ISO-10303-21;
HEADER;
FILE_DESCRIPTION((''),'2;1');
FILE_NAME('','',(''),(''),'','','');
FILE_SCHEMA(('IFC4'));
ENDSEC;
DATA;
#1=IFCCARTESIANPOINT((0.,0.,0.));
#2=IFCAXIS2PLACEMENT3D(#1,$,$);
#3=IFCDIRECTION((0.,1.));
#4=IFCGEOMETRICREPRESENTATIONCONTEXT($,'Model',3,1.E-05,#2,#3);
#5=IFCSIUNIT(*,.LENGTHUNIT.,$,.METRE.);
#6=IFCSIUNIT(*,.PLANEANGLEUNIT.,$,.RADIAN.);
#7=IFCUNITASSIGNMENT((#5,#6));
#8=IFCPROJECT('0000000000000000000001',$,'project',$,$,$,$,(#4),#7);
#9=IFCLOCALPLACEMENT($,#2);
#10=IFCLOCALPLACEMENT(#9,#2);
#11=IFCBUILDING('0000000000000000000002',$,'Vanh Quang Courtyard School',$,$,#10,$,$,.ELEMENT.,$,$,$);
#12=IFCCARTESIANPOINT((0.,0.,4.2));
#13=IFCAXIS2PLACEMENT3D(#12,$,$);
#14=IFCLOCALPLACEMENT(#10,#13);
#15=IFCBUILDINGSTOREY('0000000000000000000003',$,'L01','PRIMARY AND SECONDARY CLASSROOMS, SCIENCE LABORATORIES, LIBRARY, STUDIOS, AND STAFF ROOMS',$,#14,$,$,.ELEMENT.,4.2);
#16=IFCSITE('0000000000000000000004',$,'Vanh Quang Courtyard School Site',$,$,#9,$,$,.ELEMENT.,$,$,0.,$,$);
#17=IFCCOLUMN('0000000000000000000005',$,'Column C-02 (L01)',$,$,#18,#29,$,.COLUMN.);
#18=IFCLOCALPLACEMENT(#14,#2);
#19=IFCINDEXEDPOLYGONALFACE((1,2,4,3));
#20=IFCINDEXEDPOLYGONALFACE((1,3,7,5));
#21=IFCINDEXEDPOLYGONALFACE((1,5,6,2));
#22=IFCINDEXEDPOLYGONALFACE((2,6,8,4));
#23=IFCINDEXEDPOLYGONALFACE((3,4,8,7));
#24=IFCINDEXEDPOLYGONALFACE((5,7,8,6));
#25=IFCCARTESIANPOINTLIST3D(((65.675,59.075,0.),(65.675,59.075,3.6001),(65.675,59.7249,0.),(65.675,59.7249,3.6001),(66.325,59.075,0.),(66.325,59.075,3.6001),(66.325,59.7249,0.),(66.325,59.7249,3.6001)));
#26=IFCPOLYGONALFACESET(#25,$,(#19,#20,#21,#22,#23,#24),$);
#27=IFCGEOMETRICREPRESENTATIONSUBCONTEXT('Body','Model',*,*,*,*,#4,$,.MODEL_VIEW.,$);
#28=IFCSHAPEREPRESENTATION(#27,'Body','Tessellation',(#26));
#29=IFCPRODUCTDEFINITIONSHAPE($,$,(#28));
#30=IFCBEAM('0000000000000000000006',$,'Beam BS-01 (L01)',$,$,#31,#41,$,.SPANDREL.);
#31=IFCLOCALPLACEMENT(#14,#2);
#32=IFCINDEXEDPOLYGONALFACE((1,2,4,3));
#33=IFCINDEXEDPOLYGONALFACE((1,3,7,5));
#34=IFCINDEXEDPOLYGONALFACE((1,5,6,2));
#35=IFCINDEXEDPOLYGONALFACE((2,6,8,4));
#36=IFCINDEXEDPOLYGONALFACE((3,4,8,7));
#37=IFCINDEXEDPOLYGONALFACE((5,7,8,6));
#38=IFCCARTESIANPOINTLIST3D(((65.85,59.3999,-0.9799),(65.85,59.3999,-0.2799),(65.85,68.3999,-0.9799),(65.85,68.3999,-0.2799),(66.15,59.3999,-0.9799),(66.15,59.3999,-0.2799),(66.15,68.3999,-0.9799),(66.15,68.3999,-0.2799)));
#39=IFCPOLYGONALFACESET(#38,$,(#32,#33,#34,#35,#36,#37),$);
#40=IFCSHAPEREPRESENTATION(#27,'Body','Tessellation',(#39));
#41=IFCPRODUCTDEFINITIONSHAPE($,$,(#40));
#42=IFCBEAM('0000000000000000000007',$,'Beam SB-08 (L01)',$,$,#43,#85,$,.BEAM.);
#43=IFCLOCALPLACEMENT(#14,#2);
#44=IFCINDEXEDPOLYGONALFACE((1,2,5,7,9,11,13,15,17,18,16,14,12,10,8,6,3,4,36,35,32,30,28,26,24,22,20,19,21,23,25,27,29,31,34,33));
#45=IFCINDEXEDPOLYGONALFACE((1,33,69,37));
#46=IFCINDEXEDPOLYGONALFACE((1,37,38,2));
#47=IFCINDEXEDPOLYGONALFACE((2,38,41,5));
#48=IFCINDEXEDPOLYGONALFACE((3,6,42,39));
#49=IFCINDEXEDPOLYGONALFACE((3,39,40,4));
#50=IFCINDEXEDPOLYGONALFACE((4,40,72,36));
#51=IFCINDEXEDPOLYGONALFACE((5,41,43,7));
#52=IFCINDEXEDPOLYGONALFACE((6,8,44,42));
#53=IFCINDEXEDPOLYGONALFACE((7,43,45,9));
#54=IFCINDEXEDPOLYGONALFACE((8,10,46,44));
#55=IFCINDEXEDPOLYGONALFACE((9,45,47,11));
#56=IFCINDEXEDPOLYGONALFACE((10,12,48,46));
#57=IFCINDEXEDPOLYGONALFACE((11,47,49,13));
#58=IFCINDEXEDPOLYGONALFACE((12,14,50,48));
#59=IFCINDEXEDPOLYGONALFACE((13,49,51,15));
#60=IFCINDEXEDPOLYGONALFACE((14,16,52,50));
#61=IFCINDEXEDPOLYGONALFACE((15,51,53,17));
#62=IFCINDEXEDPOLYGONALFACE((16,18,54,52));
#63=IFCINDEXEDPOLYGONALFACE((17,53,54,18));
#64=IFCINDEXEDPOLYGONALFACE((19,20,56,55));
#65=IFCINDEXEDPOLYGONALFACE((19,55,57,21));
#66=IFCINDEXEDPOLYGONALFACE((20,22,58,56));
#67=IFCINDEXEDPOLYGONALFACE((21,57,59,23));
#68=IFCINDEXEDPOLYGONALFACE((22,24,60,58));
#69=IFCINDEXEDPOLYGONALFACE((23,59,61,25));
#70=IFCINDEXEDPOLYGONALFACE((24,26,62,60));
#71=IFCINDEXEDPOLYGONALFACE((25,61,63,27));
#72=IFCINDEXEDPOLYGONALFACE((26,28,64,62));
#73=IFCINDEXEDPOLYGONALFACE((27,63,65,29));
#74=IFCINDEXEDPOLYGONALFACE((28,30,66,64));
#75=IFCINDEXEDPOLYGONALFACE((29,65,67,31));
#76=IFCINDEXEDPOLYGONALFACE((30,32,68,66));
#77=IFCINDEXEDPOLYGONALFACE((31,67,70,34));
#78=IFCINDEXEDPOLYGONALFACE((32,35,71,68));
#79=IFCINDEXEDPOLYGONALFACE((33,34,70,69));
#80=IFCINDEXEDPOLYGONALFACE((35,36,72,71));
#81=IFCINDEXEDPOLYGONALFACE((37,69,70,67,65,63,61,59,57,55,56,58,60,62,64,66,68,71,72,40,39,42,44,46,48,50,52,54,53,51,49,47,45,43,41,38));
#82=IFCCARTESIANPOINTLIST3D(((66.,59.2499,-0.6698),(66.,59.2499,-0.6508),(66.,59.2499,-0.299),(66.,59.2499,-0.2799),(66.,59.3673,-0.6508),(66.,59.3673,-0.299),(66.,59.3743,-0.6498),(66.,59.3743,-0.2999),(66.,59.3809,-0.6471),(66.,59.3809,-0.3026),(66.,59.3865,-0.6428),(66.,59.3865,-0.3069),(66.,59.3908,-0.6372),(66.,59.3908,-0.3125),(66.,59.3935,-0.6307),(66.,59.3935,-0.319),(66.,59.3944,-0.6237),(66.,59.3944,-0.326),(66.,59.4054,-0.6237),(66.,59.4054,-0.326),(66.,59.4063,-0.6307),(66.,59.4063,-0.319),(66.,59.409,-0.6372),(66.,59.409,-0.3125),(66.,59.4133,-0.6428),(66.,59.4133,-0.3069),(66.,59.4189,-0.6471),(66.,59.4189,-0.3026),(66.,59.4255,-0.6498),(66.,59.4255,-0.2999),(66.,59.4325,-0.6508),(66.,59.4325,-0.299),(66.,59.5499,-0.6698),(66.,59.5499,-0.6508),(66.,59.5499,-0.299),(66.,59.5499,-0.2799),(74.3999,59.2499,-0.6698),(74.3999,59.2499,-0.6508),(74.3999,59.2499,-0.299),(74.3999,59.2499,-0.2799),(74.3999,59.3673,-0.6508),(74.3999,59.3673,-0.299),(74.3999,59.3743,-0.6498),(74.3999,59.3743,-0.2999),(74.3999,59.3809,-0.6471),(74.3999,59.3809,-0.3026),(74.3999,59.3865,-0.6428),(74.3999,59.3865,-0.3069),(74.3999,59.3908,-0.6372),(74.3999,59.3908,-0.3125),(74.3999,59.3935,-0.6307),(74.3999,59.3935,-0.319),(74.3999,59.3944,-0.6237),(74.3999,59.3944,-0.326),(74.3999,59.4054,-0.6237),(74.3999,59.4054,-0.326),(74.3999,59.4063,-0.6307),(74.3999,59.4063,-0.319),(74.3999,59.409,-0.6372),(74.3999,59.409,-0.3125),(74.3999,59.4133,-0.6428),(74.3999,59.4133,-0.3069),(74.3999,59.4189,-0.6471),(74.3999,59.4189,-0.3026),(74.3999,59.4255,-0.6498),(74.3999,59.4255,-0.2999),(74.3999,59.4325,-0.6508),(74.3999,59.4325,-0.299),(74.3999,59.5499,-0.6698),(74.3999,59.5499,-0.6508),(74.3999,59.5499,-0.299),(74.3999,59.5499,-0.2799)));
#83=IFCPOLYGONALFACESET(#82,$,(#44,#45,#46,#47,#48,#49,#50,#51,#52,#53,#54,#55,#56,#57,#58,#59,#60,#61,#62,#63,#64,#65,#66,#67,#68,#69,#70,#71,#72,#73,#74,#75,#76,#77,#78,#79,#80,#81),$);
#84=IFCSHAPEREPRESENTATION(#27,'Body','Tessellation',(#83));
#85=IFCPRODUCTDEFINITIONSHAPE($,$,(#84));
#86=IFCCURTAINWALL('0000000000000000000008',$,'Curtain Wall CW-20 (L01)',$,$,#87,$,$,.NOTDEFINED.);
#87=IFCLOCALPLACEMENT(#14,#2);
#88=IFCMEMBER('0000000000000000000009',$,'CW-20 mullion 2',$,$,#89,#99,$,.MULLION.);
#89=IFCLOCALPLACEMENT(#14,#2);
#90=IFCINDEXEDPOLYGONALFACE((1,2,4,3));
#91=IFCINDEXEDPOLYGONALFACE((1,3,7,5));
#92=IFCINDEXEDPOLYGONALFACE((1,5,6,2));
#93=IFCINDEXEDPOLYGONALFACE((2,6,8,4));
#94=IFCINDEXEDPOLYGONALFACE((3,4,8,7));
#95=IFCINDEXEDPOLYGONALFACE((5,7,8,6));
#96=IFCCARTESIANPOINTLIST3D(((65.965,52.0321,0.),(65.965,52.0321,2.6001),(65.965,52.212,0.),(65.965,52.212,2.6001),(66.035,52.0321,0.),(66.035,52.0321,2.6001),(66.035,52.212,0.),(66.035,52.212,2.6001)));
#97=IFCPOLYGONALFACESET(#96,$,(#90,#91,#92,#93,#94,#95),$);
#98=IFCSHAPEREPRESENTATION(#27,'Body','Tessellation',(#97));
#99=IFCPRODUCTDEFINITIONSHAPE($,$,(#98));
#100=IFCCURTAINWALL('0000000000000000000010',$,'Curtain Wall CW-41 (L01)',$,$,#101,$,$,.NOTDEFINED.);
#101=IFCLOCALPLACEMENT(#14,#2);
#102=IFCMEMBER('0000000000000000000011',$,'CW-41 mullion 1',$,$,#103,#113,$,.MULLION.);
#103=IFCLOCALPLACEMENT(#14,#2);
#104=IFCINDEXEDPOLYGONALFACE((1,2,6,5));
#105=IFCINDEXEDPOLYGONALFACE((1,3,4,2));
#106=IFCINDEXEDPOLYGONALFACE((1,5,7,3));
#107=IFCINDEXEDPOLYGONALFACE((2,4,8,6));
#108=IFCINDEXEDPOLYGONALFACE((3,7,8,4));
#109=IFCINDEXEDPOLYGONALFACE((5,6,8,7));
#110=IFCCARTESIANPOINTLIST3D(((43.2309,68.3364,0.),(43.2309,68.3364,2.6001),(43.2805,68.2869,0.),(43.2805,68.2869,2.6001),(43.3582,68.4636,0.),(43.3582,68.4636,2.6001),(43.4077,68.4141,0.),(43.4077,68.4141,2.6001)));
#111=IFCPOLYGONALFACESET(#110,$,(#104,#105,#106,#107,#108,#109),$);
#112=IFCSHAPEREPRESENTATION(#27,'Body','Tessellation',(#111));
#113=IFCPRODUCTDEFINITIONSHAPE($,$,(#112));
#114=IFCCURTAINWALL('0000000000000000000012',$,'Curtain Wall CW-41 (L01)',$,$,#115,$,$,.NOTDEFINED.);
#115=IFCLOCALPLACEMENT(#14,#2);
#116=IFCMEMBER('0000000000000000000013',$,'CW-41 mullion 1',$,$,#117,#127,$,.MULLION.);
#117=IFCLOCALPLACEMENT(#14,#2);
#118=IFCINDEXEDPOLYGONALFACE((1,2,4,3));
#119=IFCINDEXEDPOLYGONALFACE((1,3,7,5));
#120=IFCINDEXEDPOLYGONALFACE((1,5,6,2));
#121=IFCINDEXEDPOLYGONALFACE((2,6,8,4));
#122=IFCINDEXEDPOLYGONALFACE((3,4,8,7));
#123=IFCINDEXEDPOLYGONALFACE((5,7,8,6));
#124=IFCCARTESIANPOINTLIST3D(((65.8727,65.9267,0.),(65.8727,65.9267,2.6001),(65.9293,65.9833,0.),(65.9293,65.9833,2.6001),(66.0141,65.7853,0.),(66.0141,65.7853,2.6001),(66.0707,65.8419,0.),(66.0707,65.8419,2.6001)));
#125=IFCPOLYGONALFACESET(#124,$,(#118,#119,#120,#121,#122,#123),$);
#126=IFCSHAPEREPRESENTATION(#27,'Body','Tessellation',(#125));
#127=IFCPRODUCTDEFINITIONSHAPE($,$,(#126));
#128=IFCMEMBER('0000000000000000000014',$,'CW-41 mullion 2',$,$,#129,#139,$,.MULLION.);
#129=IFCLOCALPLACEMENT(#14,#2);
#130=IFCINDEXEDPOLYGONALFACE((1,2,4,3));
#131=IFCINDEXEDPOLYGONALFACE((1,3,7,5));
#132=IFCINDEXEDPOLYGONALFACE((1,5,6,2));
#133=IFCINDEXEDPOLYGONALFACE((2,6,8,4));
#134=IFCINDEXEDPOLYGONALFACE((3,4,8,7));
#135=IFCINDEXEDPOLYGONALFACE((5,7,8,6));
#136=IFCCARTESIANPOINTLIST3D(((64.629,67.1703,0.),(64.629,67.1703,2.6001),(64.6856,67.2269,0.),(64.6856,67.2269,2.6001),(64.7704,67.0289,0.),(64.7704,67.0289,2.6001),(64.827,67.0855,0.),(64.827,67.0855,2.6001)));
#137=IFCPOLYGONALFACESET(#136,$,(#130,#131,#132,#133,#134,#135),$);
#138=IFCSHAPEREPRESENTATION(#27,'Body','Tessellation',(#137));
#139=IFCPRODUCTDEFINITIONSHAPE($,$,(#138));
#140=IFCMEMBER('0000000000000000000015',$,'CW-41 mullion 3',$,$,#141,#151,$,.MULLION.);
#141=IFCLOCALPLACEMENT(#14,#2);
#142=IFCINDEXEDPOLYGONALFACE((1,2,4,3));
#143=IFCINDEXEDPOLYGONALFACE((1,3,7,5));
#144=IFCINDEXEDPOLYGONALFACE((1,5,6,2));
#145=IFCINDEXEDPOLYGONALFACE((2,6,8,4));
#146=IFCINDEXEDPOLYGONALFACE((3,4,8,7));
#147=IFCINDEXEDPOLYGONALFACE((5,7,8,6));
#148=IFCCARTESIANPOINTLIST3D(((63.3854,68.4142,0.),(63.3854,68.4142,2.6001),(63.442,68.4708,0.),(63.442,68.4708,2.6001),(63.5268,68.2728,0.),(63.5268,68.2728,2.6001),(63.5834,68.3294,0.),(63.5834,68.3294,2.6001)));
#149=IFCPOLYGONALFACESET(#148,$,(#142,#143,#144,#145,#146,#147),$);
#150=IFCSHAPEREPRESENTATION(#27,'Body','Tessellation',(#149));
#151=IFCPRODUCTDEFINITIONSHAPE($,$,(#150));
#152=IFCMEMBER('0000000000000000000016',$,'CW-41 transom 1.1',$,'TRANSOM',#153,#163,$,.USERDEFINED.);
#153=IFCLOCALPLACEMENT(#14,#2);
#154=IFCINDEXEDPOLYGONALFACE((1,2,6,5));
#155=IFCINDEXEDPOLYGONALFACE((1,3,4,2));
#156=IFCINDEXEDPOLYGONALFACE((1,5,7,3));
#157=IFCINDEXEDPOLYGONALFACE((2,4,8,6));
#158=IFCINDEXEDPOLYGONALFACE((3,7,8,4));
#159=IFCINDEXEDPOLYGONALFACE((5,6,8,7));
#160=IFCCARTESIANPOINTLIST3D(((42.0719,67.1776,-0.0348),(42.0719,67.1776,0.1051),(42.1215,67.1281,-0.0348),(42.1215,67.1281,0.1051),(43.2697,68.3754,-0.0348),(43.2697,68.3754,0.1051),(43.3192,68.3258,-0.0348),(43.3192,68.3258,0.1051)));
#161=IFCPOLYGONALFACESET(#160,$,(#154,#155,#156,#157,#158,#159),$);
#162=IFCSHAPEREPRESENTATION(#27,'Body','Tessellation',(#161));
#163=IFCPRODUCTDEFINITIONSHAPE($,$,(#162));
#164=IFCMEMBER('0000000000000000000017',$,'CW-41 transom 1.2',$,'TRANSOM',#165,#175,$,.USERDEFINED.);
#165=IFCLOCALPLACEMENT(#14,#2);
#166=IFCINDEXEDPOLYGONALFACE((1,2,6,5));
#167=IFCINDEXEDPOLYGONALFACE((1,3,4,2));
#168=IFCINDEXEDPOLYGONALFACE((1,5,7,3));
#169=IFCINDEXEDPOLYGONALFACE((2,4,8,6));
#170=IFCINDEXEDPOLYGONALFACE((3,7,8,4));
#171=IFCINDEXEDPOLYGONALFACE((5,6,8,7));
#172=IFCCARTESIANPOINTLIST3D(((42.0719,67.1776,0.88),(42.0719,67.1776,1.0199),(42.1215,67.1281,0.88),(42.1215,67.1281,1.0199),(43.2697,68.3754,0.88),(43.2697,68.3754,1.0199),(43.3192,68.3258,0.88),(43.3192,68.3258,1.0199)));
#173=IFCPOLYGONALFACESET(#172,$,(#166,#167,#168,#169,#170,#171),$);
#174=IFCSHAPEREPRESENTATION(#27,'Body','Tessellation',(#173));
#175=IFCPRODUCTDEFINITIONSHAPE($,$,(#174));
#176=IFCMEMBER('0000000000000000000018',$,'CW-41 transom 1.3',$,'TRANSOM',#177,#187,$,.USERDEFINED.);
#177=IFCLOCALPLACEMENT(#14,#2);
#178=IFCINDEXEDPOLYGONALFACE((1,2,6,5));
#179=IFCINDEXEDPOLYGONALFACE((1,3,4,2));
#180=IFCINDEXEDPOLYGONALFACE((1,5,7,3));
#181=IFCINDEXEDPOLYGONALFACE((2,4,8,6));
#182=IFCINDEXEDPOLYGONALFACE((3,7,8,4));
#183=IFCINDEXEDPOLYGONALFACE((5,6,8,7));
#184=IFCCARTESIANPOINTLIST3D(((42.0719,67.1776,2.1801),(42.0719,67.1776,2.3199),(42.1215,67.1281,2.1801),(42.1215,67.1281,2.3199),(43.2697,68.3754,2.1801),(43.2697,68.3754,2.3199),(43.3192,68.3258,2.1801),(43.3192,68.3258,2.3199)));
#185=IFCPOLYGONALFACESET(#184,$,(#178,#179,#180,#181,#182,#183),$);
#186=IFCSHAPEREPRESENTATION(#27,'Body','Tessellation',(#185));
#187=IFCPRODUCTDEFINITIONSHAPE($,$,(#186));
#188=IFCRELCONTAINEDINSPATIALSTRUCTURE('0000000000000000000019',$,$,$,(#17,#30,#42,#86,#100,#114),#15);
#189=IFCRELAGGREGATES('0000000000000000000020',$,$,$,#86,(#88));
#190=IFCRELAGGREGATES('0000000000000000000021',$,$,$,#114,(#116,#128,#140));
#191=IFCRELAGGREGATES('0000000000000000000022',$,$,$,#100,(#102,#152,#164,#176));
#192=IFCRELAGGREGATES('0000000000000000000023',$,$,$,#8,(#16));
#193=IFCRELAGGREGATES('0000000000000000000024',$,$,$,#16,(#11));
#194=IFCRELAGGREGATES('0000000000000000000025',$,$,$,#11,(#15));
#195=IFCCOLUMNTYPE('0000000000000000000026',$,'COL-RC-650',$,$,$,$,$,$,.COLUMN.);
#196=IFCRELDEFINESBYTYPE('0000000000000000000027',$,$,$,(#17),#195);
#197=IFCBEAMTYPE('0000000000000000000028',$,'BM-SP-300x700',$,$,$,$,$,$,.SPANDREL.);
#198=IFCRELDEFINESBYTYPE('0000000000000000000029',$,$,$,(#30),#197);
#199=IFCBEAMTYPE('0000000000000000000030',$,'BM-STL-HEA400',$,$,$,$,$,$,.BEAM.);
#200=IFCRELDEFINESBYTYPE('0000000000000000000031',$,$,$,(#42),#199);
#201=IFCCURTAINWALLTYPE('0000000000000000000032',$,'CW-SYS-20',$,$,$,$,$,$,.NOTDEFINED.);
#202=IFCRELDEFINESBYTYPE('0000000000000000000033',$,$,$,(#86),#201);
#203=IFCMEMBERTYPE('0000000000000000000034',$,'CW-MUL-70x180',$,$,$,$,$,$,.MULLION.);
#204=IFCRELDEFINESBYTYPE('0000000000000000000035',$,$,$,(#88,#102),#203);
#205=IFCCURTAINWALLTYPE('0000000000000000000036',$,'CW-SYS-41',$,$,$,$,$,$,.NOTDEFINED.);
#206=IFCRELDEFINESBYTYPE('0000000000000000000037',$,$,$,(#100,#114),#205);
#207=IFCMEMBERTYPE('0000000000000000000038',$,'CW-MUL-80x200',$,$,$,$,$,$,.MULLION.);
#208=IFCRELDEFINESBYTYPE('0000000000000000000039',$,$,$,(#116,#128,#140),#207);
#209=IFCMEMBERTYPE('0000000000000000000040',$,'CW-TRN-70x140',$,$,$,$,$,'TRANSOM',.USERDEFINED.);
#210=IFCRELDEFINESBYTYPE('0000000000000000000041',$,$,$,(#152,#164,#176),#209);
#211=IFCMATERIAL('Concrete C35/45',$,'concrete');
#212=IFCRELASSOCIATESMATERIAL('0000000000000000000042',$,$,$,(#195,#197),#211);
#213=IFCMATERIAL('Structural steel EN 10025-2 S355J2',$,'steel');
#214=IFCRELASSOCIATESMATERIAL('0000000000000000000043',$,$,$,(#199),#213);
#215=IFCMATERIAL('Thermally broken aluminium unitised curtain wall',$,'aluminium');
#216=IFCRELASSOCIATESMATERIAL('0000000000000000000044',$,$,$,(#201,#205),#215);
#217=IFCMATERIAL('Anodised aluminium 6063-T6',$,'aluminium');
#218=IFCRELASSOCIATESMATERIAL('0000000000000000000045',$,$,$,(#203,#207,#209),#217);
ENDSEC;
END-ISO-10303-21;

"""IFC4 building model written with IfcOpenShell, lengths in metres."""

from ifc_helpers import new_model, si_unit, direction, frame, origin, origin_2d, place, context, subcontext, project, spatial, rectangle, i_section, extrude, material, material_profile, profile_set, type_object, element, aggregate, save


model = new_model("IFC4")

# Units and contexts
model_context = context("Model", 3, precision=1e-05, world=origin(), true_north=direction((0.0, 1.0)))
body_context = subcontext(model_context, "Body", "Model", "MODEL_VIEW")
ifc_project = project(units=[si_unit("LENGTHUNIT", "METRE"), si_unit("PLANEANGLEUNIT", "RADIAN")], contexts=[model_context])

# Site, building, storey
site_placement = place(None, origin())
site = spatial("IfcSite", under=ifc_project, at=site_placement, Name="Vanh Quang Courtyard School Site", CompositionType="ELEMENT", RefElevation=0.0)
building_placement = place(site_placement, origin())
building = spatial("IfcBuilding", under=site, at=building_placement, Name="Vanh Quang Courtyard School", CompositionType="ELEMENT")
storey_placement = place(building_placement, frame((0.0, 0.0, 4.2)))
storey = spatial("IfcBuildingStorey", under=building, at=storey_placement, Name="L01", Description="PRIMARY AND SECONDARY CLASSROOMS, SCIENCE LABORATORIES, LIBRARY, STUDIOS, AND STAFF ROOMS", CompositionType="ELEMENT", Elevation=4.2)

# Column
ifc_material_1 = material(Name="Concrete C35/45", Category="concrete")
ifc_material_profile_1 = material_profile(ifc_material_1, rectangle(XDim=0.6499, YDim=0.6499, at=origin_2d()), Name="RC-COL 650x650")
ifc_profile_set_1 = profile_set([ifc_material_profile_1], Name="Concrete C35/45")
column_type = type_object("IfcColumnType", Name="COL-RC-650", PredefinedType="COLUMN", material=ifc_profile_set_1)
column_placement = place(storey_placement, frame((66.0, 59.3999, 0.0), z_axis=(0.0, 0.0, 1.0), x_axis=(1.0, 0.0, 0.0)))
element("IfcColumn", 1, at=column_placement, inside=storey, type_object=column_type, Name="Column C-02 (L01)", PredefinedType="COLUMN", context=body_context, shape_type="SweptSolid", body=[
    extrude(rectangle(XDim=0.6499, YDim=0.6499, at=origin_2d()), origin(), (0.0, 0.0, 1.0), 3.6001),
])

# Beams
ifc_material_profile_2 = material_profile(ifc_material_1, rectangle(XDim=0.3, YDim=0.7, at=origin_2d()), Name="RC-SP 300x700")
ifc_profile_set_2 = profile_set([ifc_material_profile_2], Name="Concrete C35/45")
beam_type_1 = type_object("IfcBeamType", Name="BM-SP-300x700", PredefinedType="SPANDREL", material=ifc_profile_set_2)
beam_1_placement = place(storey_placement, frame((66.0, 59.3999, -0.6299), z_axis=(0.0, 1.0, 0.0), x_axis=(-1.0, 0.0, 0.0)))
element("IfcBeam", 2, at=beam_1_placement, inside=storey, type_object=beam_type_1, Name="Beam BS-01 (L01)", PredefinedType="SPANDREL", context=body_context, shape_type="SweptSolid", body=[
    extrude(rectangle(XDim=0.3, YDim=0.7, at=origin_2d()), origin(), (0.0, 0.0, 1.0), 9.0),
])
ifc_material_2 = material(Name="Structural steel EN 10025-2 S355J2", Category="steel")
ifc_material_profile_3 = material_profile(ifc_material_2, i_section(OverallWidth=0.3, OverallDepth=0.3899, WebThickness=0.011, FlangeThickness=0.019, FilletRadius=0.0271, at=origin_2d()), Name="HEA 400")
ifc_profile_set_3 = profile_set([ifc_material_profile_3], Name="Structural steel EN 10025-2 S355J2")
beam_type_2 = type_object("IfcBeamType", Name="BM-STL-HEA400", PredefinedType="BEAM", material=ifc_profile_set_3)
beam_2_placement = place(storey_placement, frame((66.0, 59.3999, -0.4749), z_axis=(1.0, 0.0, 0.0), x_axis=(0.0, 1.0, 0.0)))
element("IfcBeam", 3, at=beam_2_placement, inside=storey, type_object=beam_type_2, Name="Beam SB-08 (L01)", PredefinedType="BEAM", context=body_context, shape_type="SweptSolid", body=[
    extrude(i_section(OverallWidth=0.3, OverallDepth=0.3899, WebThickness=0.011, FlangeThickness=0.019, FilletRadius=0.0271, at=origin_2d()), origin(), (0.0, 0.0, 1.0), 8.3999),
])

# Curtain walls, members
ifc_material_3 = material(Name="Thermally broken aluminium unitised curtain wall", Category="aluminium")
curtain_wall_type_1 = type_object("IfcCurtainWallType", Name="CW-SYS-20", PredefinedType="NOTDEFINED", material=ifc_material_3)
curtain_wall_1_placement = place(storey_placement, origin())
curtain_wall_1 = element("IfcCurtainWall", 4, at=curtain_wall_1_placement, inside=storey, type_object=curtain_wall_type_1, Name="Curtain Wall CW-20 (L01)", PredefinedType="NOTDEFINED")
ifc_material_4 = material(Name="Anodised aluminium 6063-T6", Category="aluminium")
ifc_material_profile_4 = material_profile(ifc_material_4, rectangle(XDim=0.0701, YDim=0.1799, at=origin_2d()), Name="ALU-MUL 70x180")
ifc_profile_set_4 = profile_set([ifc_material_profile_4], Name="Anodised aluminium 6063-T6")
member_type_1 = type_object("IfcMemberType", Name="CW-MUL-70x180", PredefinedType="MULLION", material=ifc_profile_set_4)
member_1_placement = place(storey_placement, frame((66.0, 52.1221, 0.0), z_axis=(0.0, 0.0, 1.0), x_axis=(-1.0, 0.0, 0.0)))
member_1 = element("IfcMember", 5, at=member_1_placement, type_object=member_type_1, Name="CW-20 mullion 2", PredefinedType="MULLION", context=body_context, shape_type="SweptSolid", body=[
    extrude(rectangle(XDim=0.0701, YDim=0.1799, at=origin_2d()), origin(), (0.0, 0.0, 1.0), 2.6001),
])
aggregate(curtain_wall_1, [member_1])
curtain_wall_type_2 = type_object("IfcCurtainWallType", Name="CW-SYS-41", PredefinedType="NOTDEFINED", material=ifc_material_3)
curtain_wall_2_placement = place(storey_placement, origin())
curtain_wall_2 = element("IfcCurtainWall", 6, at=curtain_wall_2_placement, inside=storey, type_object=curtain_wall_type_2, Name="Curtain Wall CW-41 (L01)", PredefinedType="NOTDEFINED")
member_2_placement = place(storey_placement, frame((43.3193, 68.3752, 0.0), z_axis=(0.0, 0.0, 1.0), x_axis=(0.707107, -0.707107, 0.0)))
member_2 = element("IfcMember", 7, at=member_2_placement, type_object=member_type_1, Name="CW-41 mullion 1", PredefinedType="MULLION", context=body_context, shape_type="SweptSolid", body=[
    extrude(rectangle(XDim=0.0701, YDim=0.1799, at=origin_2d()), origin(), (0.0, 0.0, 1.0), 2.6001),
])

# Curtain wall, members
curtain_wall_3_placement = place(storey_placement, origin())
curtain_wall_3 = element("IfcCurtainWall", 8, at=curtain_wall_3_placement, inside=storey, type_object=curtain_wall_type_2, Name="Curtain Wall CW-41 (L01)", PredefinedType="NOTDEFINED")
ifc_material_profile_5 = material_profile(ifc_material_4, rectangle(XDim=0.0801, YDim=0.2, at=origin_2d()), Name="ALU-MUL 80x200")
ifc_profile_set_5 = profile_set([ifc_material_profile_5], Name="Anodised aluminium 6063-T6")
member_type_2 = type_object("IfcMemberType", Name="CW-MUL-80x200", PredefinedType="MULLION", material=ifc_profile_set_5)
member_3_placement = place(storey_placement, frame((65.9717, 65.8843, 0.0), z_axis=(0.0, 0.0, 1.0), x_axis=(-0.707107, -0.707107, 0.0)))
member_3 = element("IfcMember", 9, at=member_3_placement, type_object=member_type_2, Name="CW-41 mullion 1", PredefinedType="MULLION", context=body_context, shape_type="SweptSolid", body=[
    extrude(rectangle(XDim=0.0801, YDim=0.2, at=origin_2d()), origin(), (0.0, 0.0, 1.0), 2.6001),
])
member_4_placement = place(storey_placement, frame((64.728, 67.1279, 0.0), z_axis=(0.0, 0.0, 1.0), x_axis=(-0.707107, -0.707107, 0.0)))
member_4 = element("IfcMember", 10, at=member_4_placement, type_object=member_type_2, Name="CW-41 mullion 2", PredefinedType="MULLION", context=body_context, shape_type="SweptSolid", body=[
    extrude(rectangle(XDim=0.0801, YDim=0.2, at=origin_2d()), origin(), (0.0, 0.0, 1.0), 2.6001),
])
member_5_placement = place(storey_placement, frame((63.4844, 68.3718, 0.0), z_axis=(0.0, 0.0, 1.0), x_axis=(-0.707107, -0.707107, 0.0)))
member_5 = element("IfcMember", 11, at=member_5_placement, type_object=member_type_2, Name="CW-41 mullion 3", PredefinedType="MULLION", context=body_context, shape_type="SweptSolid", body=[
    extrude(rectangle(XDim=0.0801, YDim=0.2, at=origin_2d()), origin(), (0.0, 0.0, 1.0), 2.6001),
])

# Members
ifc_material_profile_6 = material_profile(ifc_material_4, rectangle(XDim=0.0701, YDim=0.1399, at=origin_2d()), Name="ALU-TRN 70x140")
ifc_profile_set_6 = profile_set([ifc_material_profile_6], Name="Anodised aluminium 6063-T6")
member_type_3 = type_object("IfcMemberType", Name="CW-TRN-70x140", ElementType="TRANSOM", PredefinedType="USERDEFINED", material=ifc_profile_set_6)
member_6_placement = place(storey_placement, frame((43.2944, 68.3506, 0.0352), z_axis=(-0.707107, -0.707107, 0.0), x_axis=(0.707107, -0.707107, 0.0)))
member_6 = element("IfcMember", 12, at=member_6_placement, type_object=member_type_3, Name="CW-41 transom 1.1", ObjectType="TRANSOM", PredefinedType="USERDEFINED", context=body_context, shape_type="SweptSolid", body=[
    extrude(rectangle(XDim=0.0701, YDim=0.1399, at=origin_2d()), origin(), (0.0, 0.0, 1.0), 1.6938),
])
member_7_placement = place(storey_placement, frame((43.2944, 68.3506, 0.95), z_axis=(-0.707107, -0.707107, 0.0), x_axis=(0.707107, -0.707107, 0.0)))
member_7 = element("IfcMember", 13, at=member_7_placement, type_object=member_type_3, Name="CW-41 transom 1.2", ObjectType="TRANSOM", PredefinedType="USERDEFINED", context=body_context, shape_type="SweptSolid", body=[
    extrude(rectangle(XDim=0.0701, YDim=0.1399, at=origin_2d()), origin(), (0.0, 0.0, 1.0), 1.6938),
])
member_8_placement = place(storey_placement, frame((43.2944, 68.3506, 2.25), z_axis=(-0.707107, -0.707107, 0.0), x_axis=(0.707107, -0.707107, 0.0)))
member_8 = element("IfcMember", 14, at=member_8_placement, type_object=member_type_3, Name="CW-41 transom 1.3", ObjectType="TRANSOM", PredefinedType="USERDEFINED", context=body_context, shape_type="SweptSolid", body=[
    extrude(rectangle(XDim=0.0701, YDim=0.1399, at=origin_2d()), origin(), (0.0, 0.0, 1.0), 1.6938),
])

aggregate(curtain_wall_3, [member_3, member_4, member_5])
aggregate(curtain_wall_2, [member_2, member_6, member_7, member_8])

save(model, "model.ifc")
